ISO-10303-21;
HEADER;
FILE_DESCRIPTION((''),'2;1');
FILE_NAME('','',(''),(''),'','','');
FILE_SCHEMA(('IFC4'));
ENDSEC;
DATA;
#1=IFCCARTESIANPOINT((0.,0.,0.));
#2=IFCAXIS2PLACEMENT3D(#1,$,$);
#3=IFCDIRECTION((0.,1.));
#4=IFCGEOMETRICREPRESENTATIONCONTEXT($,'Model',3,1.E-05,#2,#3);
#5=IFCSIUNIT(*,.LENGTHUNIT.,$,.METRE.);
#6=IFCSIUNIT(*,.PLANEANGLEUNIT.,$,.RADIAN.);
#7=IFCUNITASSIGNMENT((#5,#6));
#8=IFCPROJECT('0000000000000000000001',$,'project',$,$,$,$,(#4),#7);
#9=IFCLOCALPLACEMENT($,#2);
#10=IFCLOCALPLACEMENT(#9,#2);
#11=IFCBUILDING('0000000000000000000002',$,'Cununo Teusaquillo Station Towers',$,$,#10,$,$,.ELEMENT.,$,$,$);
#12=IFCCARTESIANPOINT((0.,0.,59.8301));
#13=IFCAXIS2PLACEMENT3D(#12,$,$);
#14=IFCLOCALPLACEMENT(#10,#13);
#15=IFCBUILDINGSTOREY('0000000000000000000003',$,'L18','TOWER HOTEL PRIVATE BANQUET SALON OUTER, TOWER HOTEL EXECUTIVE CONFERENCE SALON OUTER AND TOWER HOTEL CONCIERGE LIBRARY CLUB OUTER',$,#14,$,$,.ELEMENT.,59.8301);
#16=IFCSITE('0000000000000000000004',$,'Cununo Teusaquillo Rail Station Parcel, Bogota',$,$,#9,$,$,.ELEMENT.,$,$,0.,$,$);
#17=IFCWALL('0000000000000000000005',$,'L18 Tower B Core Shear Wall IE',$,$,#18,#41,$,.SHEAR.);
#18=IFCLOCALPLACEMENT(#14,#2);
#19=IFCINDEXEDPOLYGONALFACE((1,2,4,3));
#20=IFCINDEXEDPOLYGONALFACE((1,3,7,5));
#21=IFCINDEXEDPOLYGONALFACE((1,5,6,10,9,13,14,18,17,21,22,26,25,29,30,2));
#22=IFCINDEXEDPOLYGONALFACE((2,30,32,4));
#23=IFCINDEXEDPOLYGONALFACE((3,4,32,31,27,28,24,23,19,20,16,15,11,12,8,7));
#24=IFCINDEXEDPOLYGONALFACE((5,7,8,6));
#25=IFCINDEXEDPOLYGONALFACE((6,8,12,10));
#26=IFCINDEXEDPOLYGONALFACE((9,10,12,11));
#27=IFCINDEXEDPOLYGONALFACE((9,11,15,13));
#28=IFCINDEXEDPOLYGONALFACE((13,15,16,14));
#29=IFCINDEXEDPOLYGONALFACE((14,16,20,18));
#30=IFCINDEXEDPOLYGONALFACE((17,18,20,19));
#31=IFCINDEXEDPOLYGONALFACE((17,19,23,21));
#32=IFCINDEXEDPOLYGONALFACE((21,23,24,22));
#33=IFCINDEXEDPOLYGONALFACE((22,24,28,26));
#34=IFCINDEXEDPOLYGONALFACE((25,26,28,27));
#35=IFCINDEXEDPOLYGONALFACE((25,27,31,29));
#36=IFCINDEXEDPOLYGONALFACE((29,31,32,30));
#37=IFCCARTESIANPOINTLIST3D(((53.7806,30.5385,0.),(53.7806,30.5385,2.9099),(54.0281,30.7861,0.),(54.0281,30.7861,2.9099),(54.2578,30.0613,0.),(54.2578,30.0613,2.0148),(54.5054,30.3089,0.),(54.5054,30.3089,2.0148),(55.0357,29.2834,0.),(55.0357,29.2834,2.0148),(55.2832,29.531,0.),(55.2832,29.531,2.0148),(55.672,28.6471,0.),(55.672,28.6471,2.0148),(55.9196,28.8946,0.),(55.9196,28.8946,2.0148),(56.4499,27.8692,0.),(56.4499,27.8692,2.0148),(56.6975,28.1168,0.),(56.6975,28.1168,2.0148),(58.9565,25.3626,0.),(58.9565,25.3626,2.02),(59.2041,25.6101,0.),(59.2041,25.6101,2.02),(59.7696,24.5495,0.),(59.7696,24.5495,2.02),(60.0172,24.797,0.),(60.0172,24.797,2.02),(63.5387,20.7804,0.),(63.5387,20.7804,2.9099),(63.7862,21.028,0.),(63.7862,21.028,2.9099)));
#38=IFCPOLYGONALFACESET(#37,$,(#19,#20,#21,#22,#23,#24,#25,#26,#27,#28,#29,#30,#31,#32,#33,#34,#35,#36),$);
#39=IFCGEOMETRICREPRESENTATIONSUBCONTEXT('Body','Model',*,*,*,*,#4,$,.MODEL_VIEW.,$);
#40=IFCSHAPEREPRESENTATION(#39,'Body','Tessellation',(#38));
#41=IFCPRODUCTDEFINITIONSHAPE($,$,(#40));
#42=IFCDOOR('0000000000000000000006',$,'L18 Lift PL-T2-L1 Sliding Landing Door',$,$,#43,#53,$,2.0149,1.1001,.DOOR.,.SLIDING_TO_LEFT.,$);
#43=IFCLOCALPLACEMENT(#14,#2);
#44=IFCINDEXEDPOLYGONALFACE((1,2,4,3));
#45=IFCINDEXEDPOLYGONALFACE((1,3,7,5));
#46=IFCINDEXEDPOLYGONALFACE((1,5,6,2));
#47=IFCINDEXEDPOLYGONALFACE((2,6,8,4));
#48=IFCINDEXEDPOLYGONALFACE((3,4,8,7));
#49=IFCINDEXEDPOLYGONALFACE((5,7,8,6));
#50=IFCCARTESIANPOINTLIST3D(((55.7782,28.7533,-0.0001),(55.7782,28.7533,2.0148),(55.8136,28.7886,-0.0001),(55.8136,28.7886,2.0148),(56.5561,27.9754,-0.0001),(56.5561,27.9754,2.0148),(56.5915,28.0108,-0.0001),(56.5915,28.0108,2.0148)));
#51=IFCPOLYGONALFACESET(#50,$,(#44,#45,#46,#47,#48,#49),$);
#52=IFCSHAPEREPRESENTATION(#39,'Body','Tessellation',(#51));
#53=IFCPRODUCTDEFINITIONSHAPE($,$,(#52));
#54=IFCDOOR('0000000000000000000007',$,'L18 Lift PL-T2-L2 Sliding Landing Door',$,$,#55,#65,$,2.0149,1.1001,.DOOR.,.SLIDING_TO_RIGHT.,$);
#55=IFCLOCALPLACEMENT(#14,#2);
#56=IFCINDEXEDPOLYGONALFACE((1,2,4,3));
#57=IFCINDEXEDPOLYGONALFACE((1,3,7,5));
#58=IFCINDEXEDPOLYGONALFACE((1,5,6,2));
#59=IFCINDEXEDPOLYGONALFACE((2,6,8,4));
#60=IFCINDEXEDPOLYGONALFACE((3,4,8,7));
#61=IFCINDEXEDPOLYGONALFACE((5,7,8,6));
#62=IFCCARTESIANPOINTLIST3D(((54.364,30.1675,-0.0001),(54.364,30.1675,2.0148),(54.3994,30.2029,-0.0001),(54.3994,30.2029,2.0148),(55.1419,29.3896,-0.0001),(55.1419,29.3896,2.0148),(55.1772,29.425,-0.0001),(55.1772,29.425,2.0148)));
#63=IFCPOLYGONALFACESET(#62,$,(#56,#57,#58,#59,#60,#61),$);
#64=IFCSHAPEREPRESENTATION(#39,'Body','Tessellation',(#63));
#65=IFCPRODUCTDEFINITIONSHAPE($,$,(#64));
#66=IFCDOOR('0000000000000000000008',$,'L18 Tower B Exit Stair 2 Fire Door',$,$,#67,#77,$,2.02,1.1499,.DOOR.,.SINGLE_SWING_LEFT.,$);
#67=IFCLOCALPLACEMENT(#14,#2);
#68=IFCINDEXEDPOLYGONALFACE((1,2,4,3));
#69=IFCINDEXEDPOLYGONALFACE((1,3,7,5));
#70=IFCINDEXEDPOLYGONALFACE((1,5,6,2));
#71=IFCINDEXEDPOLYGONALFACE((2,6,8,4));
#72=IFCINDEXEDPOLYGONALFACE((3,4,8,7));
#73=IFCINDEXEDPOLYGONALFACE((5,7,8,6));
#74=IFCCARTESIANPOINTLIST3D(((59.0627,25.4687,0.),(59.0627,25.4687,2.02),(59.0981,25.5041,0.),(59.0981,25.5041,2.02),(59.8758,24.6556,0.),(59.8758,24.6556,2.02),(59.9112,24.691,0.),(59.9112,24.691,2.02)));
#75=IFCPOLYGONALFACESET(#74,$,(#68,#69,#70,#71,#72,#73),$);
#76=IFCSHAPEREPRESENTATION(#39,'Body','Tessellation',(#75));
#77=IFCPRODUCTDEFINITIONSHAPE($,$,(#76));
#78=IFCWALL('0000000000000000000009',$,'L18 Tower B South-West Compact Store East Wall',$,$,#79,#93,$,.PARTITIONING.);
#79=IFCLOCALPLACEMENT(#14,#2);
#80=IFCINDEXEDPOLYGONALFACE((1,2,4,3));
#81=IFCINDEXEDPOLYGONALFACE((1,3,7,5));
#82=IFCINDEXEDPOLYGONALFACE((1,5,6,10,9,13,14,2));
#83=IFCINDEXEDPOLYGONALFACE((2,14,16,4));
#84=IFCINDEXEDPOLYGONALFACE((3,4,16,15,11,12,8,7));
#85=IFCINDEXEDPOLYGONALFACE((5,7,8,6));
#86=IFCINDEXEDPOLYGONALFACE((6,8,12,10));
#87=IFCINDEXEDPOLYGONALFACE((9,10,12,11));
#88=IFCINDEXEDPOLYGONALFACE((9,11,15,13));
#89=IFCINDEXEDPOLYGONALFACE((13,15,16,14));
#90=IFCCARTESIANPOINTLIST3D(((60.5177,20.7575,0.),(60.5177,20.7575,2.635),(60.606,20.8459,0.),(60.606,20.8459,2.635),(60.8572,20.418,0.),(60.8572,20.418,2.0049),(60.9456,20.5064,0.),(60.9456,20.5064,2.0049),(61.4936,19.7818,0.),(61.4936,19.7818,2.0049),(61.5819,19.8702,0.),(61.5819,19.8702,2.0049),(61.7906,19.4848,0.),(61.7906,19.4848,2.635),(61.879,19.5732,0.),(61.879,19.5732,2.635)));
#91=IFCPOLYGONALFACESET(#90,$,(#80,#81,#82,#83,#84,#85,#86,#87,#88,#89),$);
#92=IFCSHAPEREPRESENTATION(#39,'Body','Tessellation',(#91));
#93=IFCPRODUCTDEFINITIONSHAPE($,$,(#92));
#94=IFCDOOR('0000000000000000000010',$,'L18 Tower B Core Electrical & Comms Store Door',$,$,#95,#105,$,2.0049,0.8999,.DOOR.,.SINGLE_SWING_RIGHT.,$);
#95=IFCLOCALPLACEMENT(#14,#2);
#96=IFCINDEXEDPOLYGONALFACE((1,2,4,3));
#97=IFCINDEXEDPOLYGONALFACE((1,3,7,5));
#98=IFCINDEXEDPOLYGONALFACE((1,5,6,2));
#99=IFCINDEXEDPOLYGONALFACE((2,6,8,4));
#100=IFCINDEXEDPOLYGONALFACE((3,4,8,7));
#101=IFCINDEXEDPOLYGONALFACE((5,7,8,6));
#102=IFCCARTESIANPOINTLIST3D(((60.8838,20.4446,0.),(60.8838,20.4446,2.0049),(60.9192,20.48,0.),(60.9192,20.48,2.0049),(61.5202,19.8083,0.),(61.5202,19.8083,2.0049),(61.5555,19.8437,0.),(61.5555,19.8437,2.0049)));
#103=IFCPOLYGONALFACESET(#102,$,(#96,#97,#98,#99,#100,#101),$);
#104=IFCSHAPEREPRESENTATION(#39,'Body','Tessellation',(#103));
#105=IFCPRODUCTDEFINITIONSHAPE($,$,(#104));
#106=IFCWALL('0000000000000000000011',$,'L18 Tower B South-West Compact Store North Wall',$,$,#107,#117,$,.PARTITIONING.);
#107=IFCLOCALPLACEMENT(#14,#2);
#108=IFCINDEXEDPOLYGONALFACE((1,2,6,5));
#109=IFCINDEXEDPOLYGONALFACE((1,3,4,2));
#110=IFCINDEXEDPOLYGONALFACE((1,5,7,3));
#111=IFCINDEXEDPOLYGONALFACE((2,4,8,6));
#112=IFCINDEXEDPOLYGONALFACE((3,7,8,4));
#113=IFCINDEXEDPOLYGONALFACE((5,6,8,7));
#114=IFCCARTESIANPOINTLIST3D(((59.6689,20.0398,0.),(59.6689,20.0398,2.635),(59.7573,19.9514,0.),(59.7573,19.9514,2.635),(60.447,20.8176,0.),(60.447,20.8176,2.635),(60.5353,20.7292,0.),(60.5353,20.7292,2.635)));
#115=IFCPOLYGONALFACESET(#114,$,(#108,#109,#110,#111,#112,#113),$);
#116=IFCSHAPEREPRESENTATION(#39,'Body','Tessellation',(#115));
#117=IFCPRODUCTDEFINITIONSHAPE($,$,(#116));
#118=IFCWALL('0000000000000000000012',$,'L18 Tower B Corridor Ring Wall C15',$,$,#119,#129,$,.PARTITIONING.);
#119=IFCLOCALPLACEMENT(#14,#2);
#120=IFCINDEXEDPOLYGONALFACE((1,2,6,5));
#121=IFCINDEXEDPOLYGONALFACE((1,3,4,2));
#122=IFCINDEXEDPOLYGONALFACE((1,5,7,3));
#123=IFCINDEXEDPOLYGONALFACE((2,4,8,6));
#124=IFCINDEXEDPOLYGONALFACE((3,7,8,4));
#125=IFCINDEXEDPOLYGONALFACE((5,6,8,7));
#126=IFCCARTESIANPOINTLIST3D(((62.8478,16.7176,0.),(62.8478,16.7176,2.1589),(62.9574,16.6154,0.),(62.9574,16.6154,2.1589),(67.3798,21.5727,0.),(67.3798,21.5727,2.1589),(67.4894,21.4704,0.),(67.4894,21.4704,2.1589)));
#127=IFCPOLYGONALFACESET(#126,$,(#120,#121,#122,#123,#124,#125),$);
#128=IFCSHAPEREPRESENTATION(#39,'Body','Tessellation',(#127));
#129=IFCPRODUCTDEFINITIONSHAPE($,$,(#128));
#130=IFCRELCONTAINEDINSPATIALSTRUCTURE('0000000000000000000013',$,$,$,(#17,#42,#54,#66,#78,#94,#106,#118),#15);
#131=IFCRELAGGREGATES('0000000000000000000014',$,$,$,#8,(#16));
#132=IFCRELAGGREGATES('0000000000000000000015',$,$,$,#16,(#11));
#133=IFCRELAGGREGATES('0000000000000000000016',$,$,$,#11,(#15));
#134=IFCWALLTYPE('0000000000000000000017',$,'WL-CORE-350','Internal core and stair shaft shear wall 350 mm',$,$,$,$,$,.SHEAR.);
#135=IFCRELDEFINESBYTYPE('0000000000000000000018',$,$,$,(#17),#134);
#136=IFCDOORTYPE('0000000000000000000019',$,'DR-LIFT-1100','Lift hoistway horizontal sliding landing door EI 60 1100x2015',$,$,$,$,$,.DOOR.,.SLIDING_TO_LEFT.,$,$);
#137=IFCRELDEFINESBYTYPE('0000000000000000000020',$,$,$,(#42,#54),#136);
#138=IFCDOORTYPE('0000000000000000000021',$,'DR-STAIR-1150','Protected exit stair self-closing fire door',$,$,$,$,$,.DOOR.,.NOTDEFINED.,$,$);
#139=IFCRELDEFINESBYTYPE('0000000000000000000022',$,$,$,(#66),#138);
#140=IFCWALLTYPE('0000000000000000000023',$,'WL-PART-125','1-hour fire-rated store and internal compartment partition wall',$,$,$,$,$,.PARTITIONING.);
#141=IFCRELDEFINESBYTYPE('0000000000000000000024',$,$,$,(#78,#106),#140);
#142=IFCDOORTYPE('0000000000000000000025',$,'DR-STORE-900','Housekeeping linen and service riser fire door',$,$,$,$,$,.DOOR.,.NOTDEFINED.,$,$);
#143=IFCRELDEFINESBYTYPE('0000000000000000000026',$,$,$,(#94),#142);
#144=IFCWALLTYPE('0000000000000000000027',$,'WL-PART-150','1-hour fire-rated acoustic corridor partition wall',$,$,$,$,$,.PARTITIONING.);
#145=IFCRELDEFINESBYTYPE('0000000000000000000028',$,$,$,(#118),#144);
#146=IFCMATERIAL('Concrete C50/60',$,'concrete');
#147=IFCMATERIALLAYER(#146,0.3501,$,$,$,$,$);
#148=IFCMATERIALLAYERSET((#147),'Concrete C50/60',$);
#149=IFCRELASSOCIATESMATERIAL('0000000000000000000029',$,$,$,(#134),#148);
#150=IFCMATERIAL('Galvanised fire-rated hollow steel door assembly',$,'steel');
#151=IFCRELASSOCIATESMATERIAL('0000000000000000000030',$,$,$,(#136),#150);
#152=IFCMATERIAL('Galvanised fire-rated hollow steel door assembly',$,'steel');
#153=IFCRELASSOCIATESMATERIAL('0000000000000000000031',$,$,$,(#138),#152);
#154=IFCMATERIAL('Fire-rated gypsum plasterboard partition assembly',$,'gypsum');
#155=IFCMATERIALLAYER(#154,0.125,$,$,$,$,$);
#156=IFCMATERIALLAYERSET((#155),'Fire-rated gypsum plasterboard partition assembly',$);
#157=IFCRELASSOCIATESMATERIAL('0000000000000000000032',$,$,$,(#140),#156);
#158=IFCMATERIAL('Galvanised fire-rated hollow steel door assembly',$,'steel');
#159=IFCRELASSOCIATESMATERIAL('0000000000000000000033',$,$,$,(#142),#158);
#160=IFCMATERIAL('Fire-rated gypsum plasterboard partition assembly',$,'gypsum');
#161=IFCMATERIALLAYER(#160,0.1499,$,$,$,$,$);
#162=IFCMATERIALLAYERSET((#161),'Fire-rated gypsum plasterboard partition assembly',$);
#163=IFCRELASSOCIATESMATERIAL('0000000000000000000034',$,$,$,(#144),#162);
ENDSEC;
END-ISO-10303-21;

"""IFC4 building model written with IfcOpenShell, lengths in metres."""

from ifc_helpers import new_model, si_unit, direction, frame, frame_2d, origin, place, context, subcontext, project, spatial, rectangle, extrude, source, transform, mapped, material, layer, layer_set, type_object, element, fill, save


model = new_model("IFC4")

# Units and contexts
model_context = context("Model", 3, precision=1e-05, world=origin(), true_north=direction((0.0, 1.0)))
body_context = subcontext(model_context, "Body", "Model", "MODEL_VIEW")
ifc_project = project(units=[si_unit("LENGTHUNIT", "METRE"), si_unit("PLANEANGLEUNIT", "RADIAN")], contexts=[model_context])

# Site, building, storey
site_placement = place(None, origin())
site = spatial("IfcSite", under=ifc_project, at=site_placement, Name="Cununo Teusaquillo Rail Station Parcel, Bogota", CompositionType="ELEMENT", RefElevation=0.0)
building_placement = place(site_placement, origin())
building = spatial("IfcBuilding", under=site, at=building_placement, Name="Cununo Teusaquillo Station Towers", CompositionType="ELEMENT")
storey_placement = place(building_placement, frame((0.0, 0.0, 59.8301)))
storey = spatial("IfcBuildingStorey", under=building, at=storey_placement, Name="L18", Description="TOWER HOTEL PRIVATE BANQUET SALON OUTER, TOWER HOTEL EXECUTIVE CONFERENCE SALON OUTER AND TOWER HOTEL CONCIERGE LIBRARY CLUB OUTER", CompositionType="ELEMENT", Elevation=59.8301)

# Wall, openings, doors
ifc_material_1 = material(Name="Concrete C50/60", Category="concrete")
ifc_layer_1 = layer(ifc_material_1, 0.3501)
ifc_layer_set_1 = layer_set([ifc_layer_1], Name="Concrete C50/60")
wall_type_1 = type_object("IfcWallType", Name="WL-CORE-350", Description="Internal core and stair shaft shear wall 350 mm", PredefinedType="SHEAR", material=ifc_layer_set_1)
shared_shape_1 = source(origin(), body_context, "Body", "SweptSolid", [
    extrude(rectangle(XDim=1.1001, YDim=2.0149, at=frame_2d((0.55, 1.0073))), frame((0.0, 0.1851, 0.0), z_axis=(0.0, -1.0, 0.0), x_axis=(1.0, 0.0, 0.0)), (0.0, 0.0, 1.0), 0.3701),
])
shared_shape_2 = source(origin(), body_context, "Body", "SweptSolid", [
    extrude(rectangle(XDim=1.1499, YDim=2.02, at=frame_2d((0.575, 1.01))), frame((0.0, 0.1851, 0.0), z_axis=(0.0, -1.0, 0.0), x_axis=(1.0, 0.0, 0.0)), (0.0, 0.0, 1.0), 0.3701),
])
ifc_material_2 = material(Name="Galvanised fire-rated hollow steel door assembly", Category="steel")
door_type_1 = type_object("IfcDoorType", Name="DR-LIFT-1100", Description="Lift hoistway horizontal sliding landing door EI 60 1100x2015", OperationType="SLIDING_TO_LEFT", PredefinedType="DOOR", material=ifc_material_2)
shared_shape_3 = source(origin(), body_context, "Body", "SweptSolid", [
    extrude(rectangle(XDim=1.1001, YDim=2.0149, at=frame_2d((0.55, 1.0073))), frame((0.0, 0.0249, 0.0), z_axis=(0.0, -1.0, 0.0), x_axis=(1.0, 0.0, 0.0)), (0.0, 0.0, 1.0), 0.05),
])
ifc_material_3 = material(Name="Galvanised fire-rated hollow steel door assembly", Category="steel")
door_type_2 = type_object("IfcDoorType", Name="DR-STAIR-1150", Description="Protected exit stair self-closing fire door", OperationType="NOTDEFINED", PredefinedType="DOOR", material=ifc_material_3)
shared_shape_4 = source(origin(), body_context, "Body", "SweptSolid", [
    extrude(rectangle(XDim=1.1499, YDim=2.02, at=frame_2d((0.575, 1.01))), frame((0.0, 0.0249, 0.0), z_axis=(0.0, -1.0, 0.0), x_axis=(1.0, 0.0, 0.0)), (0.0, 0.0, 1.0), 0.05),
])
wall_1_placement = place(storey_placement, frame((63.6624, 20.9043, 0.0), z_axis=(0.0, 0.0, 1.0), x_axis=(-0.707107, 0.707107, 0.0)))
wall_1 = element("IfcWall", 1, at=wall_1_placement, inside=storey, type_object=wall_type_1, Name="L18 Tower B Core Shear Wall IE", PredefinedType="SHEAR", context=body_context, shape_type="SweptSolid", body=[
    extrude(rectangle(XDim=13.8, YDim=0.3501, at=frame_2d((6.8999, 0.0))), origin(), (0.0, 0.0, 1.0), 2.9099),
])
opening_1_placement = place(wall_1_placement, frame((10.0249, 0.0, 0.0)))
opening_1 = element("IfcOpeningElement", 2, at=opening_1_placement, cuts=wall_1, PredefinedType="OPENING", context=body_context, shape_type="MappedRepresentation", body=[
    mapped(shared_shape_1, transform((0.0, 0.0, 0.0), x_axis=(1.0, 0.0, 0.0), y_axis=(0.0, 1.0, 0.0), z_axis=(0.0, 0.0, 1.0), scale=1.0)),
])
opening_2_placement = place(wall_1_placement, frame((12.0249, 0.0, 0.0)))
opening_2 = element("IfcOpeningElement", 3, at=opening_2_placement, cuts=wall_1, PredefinedType="OPENING", context=body_context, shape_type="MappedRepresentation", body=[
    mapped(shared_shape_1, transform((0.0, 0.0, 0.0), x_axis=(1.0, 0.0, 0.0), y_axis=(0.0, 1.0, 0.0), z_axis=(0.0, 0.0, 1.0), scale=1.0)),
])
opening_3_placement = place(wall_1_placement, frame((5.3301, 0.0, 0.0)))
opening_3 = element("IfcOpeningElement", 4, at=opening_3_placement, cuts=wall_1, PredefinedType="OPENING", context=body_context, shape_type="MappedRepresentation", body=[
    mapped(shared_shape_2, transform((0.0, 0.0, 0.0), x_axis=(1.0, 0.0, 0.0), y_axis=(0.0, 1.0, 0.0), z_axis=(0.0, 0.0, 1.0), scale=1.0)),
])
door_1_placement = place(opening_1_placement, origin())
door_1 = element("IfcDoor", 5, at=door_1_placement, inside=storey, type_object=door_type_1, Name="L18 Lift PL-T2-L1 Sliding Landing Door", OperationType="SLIDING_TO_LEFT", OverallHeight=2.0149, OverallWidth=1.1001, PredefinedType="DOOR", context=body_context, shape_type="MappedRepresentation", body=[
    mapped(shared_shape_3, transform((0.0, 0.0, 0.0), x_axis=(1.0, 0.0, 0.0), y_axis=(0.0, 1.0, 0.0), z_axis=(0.0, 0.0, 1.0), scale=1.0)),
])
fill(opening_1, door_1)
door_2_placement = place(opening_2_placement, origin())
door_2 = element("IfcDoor", 6, at=door_2_placement, inside=storey, type_object=door_type_1, Name="L18 Lift PL-T2-L2 Sliding Landing Door", OperationType="SLIDING_TO_RIGHT", OverallHeight=2.0149, OverallWidth=1.1001, PredefinedType="DOOR", context=body_context, shape_type="MappedRepresentation", body=[
    mapped(shared_shape_3, transform((0.0, 0.0, 0.0), x_axis=(1.0, 0.0, 0.0), y_axis=(0.0, 1.0, 0.0), z_axis=(0.0, 0.0, 1.0), scale=1.0)),
])
fill(opening_2, door_2)
door_3_placement = place(opening_3_placement, origin())
door_3 = element("IfcDoor", 7, at=door_3_placement, inside=storey, type_object=door_type_2, Name="L18 Tower B Exit Stair 2 Fire Door", OperationType="SINGLE_SWING_LEFT", OverallHeight=2.02, OverallWidth=1.1499, PredefinedType="DOOR", context=body_context, shape_type="MappedRepresentation", body=[
    mapped(shared_shape_4, transform((0.0, 0.0, 0.0), x_axis=(1.0, 0.0, 0.0), y_axis=(0.0, 1.0, 0.0), z_axis=(0.0, 0.0, 1.0), scale=1.0)),
])
fill(opening_3, door_3)

# Wall, opening, door
ifc_material_4 = material(Name="Fire-rated gypsum plasterboard partition assembly", Category="gypsum")
ifc_layer_2 = layer(ifc_material_4, 0.125)
ifc_layer_set_2 = layer_set([ifc_layer_2], Name="Fire-rated gypsum plasterboard partition assembly")
wall_type_2 = type_object("IfcWallType", Name="WL-PART-125", Description="1-hour fire-rated store and internal compartment partition wall", PredefinedType="PARTITIONING", material=ifc_layer_set_2)
wall_2_placement = place(storey_placement, frame((61.8347, 19.5291, 0.0), z_axis=(0.0, 0.0, 1.0), x_axis=(-0.707175, 0.707039, 0.0)))
wall_2 = element("IfcWall", 8, at=wall_2_placement, inside=storey, type_object=wall_type_2, Name="L18 Tower B South-West Compact Store East Wall", PredefinedType="PARTITIONING", context=body_context, shape_type="SweptSolid", body=[
    extrude(rectangle(XDim=1.8, YDim=0.125, at=frame_2d((0.8999, 0.0))), origin(), (0.0, 0.0, 1.0), 2.635),
])
shared_shape_5 = source(origin(), body_context, "Body", "SweptSolid", [
    extrude(rectangle(XDim=0.8999, YDim=2.0049, at=frame_2d((0.45, 1.0024))), frame((0.0, 0.0725, 0.0), z_axis=(0.0, -1.0, 0.0), x_axis=(1.0, 0.0, 0.0)), (0.0, 0.0, 1.0), 0.145),
])
opening_4_placement = place(wall_2_placement, frame((0.4199, 0.0, 0.0)))
opening_4 = element("IfcOpeningElement", 9, at=opening_4_placement, cuts=wall_2, PredefinedType="OPENING", context=body_context, shape_type="MappedRepresentation", body=[
    mapped(shared_shape_5, transform((0.0, 0.0, 0.0), x_axis=(1.0, 0.0, 0.0), y_axis=(0.0, 1.0, 0.0), z_axis=(0.0, 0.0, 1.0), scale=1.0)),
])
ifc_material_5 = material(Name="Galvanised fire-rated hollow steel door assembly", Category="steel")
door_type_3 = type_object("IfcDoorType", Name="DR-STORE-900", Description="Housekeeping linen and service riser fire door", OperationType="NOTDEFINED", PredefinedType="DOOR", material=ifc_material_5)
shared_shape_6 = source(origin(), body_context, "Body", "SweptSolid", [
    extrude(rectangle(XDim=0.8999, YDim=2.0049, at=frame_2d((0.45, 1.0024))), frame((0.0, 0.0249, 0.0), z_axis=(0.0, -1.0, 0.0), x_axis=(1.0, 0.0, 0.0)), (0.0, 0.0, 1.0), 0.05),
])
door_4_placement = place(opening_4_placement, origin())
door_4 = element("IfcDoor", 10, at=door_4_placement, inside=storey, type_object=door_type_3, Name="L18 Tower B Core Electrical & Comms Store Door", OperationType="SINGLE_SWING_RIGHT", OverallHeight=2.0049, OverallWidth=0.8999, PredefinedType="DOOR", context=body_context, shape_type="MappedRepresentation", body=[
    mapped(shared_shape_6, transform((0.0, 0.0, 0.0), x_axis=(1.0, 0.0, 0.0), y_axis=(0.0, 1.0, 0.0), z_axis=(0.0, 0.0, 1.0), scale=1.0)),
])
fill(opening_4, door_4)

# Walls
wall_3_placement = place(storey_placement, frame((59.7131, 19.9956, 0.0), z_axis=(0.0, 0.0, 1.0), x_axis=(0.707218, 0.706996, 0.0)))
element("IfcWall", 11, at=wall_3_placement, inside=storey, type_object=wall_type_2, Name="L18 Tower B South-West Compact Store North Wall", PredefinedType="PARTITIONING", context=body_context, shape_type="SweptSolid", body=[
    extrude(rectangle(XDim=1.1001, YDim=0.125, at=frame_2d((0.55, 0.0))), origin(), (0.0, 0.0, 1.0), 2.635),
])
ifc_material_6 = material(Name="Fire-rated gypsum plasterboard partition assembly", Category="gypsum")
ifc_layer_3 = layer(ifc_material_6, 0.1499)
ifc_layer_set_3 = layer_set([ifc_layer_3], Name="Fire-rated gypsum plasterboard partition assembly")
wall_type_3 = type_object("IfcWallType", Name="WL-PART-150", Description="1-hour fire-rated acoustic corridor partition wall", PredefinedType="PARTITIONING", material=ifc_layer_set_3)
wall_4_placement = place(storey_placement, frame((62.9026, 16.6665, 0.0), z_axis=(0.0, 0.0, 1.0), x_axis=(0.682372, 0.731005, 0.0)))
element("IfcWall", 12, at=wall_4_placement, inside=storey, type_object=wall_type_3, Name="L18 Tower B Corridor Ring Wall C15", PredefinedType="PARTITIONING", context=body_context, shape_type="SweptSolid", body=[
    extrude(rectangle(XDim=6.6416, YDim=0.1499, at=frame_2d((3.3208, 0.0))), origin(), (0.0, 0.0, 1.0), 2.1589),
])

save(model, "model.ifc")
